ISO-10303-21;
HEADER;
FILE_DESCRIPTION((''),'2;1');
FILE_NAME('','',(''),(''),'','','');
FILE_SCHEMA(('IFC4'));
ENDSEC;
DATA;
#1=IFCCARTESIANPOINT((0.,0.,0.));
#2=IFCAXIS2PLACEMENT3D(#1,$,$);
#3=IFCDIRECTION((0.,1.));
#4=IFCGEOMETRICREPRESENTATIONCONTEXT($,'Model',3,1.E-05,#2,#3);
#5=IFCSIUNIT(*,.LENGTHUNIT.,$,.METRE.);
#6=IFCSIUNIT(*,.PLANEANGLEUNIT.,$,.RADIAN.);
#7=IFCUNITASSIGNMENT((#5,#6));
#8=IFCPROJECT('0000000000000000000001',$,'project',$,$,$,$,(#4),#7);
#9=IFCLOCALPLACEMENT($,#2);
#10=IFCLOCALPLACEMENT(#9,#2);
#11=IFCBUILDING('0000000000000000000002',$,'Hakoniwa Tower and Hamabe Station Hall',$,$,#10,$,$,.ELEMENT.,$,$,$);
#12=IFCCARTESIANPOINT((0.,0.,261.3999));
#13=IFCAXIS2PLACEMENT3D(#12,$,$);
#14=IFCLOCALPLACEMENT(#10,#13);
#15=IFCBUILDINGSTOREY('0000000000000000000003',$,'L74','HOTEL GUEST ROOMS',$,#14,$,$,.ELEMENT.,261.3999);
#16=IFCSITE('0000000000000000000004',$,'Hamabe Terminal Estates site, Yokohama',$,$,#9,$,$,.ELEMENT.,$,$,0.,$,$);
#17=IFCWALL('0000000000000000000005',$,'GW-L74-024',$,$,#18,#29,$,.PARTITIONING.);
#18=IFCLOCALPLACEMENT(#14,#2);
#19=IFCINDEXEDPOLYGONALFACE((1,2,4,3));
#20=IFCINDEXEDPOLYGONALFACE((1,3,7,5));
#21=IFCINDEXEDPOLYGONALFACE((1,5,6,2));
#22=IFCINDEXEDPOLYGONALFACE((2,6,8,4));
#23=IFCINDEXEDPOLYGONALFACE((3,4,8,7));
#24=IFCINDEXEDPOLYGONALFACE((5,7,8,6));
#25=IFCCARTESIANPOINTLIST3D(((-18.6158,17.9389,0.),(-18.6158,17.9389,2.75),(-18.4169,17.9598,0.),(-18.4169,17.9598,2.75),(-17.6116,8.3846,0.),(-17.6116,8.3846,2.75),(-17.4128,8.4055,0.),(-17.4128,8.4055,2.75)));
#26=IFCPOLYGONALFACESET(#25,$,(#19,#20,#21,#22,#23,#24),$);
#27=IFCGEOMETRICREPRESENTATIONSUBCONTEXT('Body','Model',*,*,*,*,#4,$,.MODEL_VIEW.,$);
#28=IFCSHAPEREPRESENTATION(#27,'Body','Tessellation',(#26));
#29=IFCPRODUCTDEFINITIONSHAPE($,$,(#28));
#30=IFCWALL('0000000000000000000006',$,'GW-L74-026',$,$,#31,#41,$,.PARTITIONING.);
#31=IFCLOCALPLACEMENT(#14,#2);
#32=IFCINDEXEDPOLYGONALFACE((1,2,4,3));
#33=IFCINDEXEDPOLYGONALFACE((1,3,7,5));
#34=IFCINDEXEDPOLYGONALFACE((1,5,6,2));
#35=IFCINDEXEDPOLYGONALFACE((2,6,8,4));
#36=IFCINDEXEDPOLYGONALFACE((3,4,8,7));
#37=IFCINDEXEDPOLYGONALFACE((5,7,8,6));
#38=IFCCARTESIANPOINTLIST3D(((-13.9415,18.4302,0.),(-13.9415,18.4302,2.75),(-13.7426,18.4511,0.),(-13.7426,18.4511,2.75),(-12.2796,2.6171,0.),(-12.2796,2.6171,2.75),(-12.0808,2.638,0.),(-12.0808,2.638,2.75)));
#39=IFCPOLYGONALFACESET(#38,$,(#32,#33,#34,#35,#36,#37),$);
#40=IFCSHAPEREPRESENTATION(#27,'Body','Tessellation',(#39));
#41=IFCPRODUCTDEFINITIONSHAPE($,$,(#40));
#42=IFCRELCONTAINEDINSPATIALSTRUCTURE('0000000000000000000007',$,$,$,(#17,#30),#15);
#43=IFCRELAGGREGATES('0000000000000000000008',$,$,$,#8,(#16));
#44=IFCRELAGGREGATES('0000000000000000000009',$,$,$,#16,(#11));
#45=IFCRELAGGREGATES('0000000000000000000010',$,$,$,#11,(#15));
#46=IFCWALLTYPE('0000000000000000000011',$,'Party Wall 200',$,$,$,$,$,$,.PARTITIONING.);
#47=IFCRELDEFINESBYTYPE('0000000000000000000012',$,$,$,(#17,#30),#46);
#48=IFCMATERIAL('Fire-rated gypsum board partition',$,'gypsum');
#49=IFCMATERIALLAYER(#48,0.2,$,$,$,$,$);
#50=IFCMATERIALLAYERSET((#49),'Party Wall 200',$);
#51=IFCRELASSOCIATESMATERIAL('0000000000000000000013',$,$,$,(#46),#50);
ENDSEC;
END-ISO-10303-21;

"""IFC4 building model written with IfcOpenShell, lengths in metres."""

from ifc_helpers import new_model, si_unit, direction, frame, frame_2d, origin, place, context, subcontext, project, spatial, rectangle, extrude, material, layer, layer_set, type_object, element, save


model = new_model("IFC4")

# Units and contexts
model_context = context("Model", 3, precision=1e-05, world=origin(), true_north=direction((0.0, 1.0)))
body_context = subcontext(model_context, "Body", "Model", "MODEL_VIEW")
ifc_project = project(units=[si_unit("LENGTHUNIT", "METRE"), si_unit("PLANEANGLEUNIT", "RADIAN")], contexts=[model_context])

# Site, building, storey
site_placement = place(None, origin())
site = spatial("IfcSite", under=ifc_project, at=site_placement, Name="Hamabe Terminal Estates site, Yokohama", CompositionType="ELEMENT", RefElevation=0.0)
building_placement = place(site_placement, origin())
building = spatial("IfcBuilding", under=site, at=building_placement, Name="Hakoniwa Tower and Hamabe Station Hall", CompositionType="ELEMENT")
storey_placement = place(building_placement, frame((0.0, 0.0, 261.3999)))
storey = spatial("IfcBuildingStorey", under=building, at=storey_placement, Name="L74", Description="HOTEL GUEST ROOMS", CompositionType="ELEMENT", Elevation=261.3999)

# Walls
ifc_material_1 = material(Name="Fire-rated gypsum board partition", Category="gypsum")
ifc_layer_1 = layer(ifc_material_1, 0.2)
ifc_layer_set_1 = layer_set([ifc_layer_1], Name="Party Wall 200")
wall_type_1 = type_object("IfcWallType", Name="Party Wall 200", PredefinedType="PARTITIONING", material=ifc_layer_set_1)
wall_1_placement = place(storey_placement, frame((-17.5122, 8.395, 0.0), z_axis=(0.0, 0.0, 1.0), x_axis=(-0.104525, 0.994522, 0.0)))
element("IfcWall", 1, at=wall_1_placement, inside=storey, type_object=wall_type_1, Name="GW-L74-024", PredefinedType="PARTITIONING", context=body_context, shape_type="SweptSolid", body=[
    extrude(rectangle(XDim=9.6069, YDim=0.2, at=frame_2d((4.8035, 0.0))), origin(), (0.0, 0.0, 1.0), 2.75),
])
wall_2_placement = place(storey_placement, frame((-12.1802, 2.6274, 0.0), z_axis=(0.0, 0.0, 1.0), x_axis=(-0.104519, 0.994523, 0.0)))
element("IfcWall", 2, at=wall_2_placement, inside=storey, type_object=wall_type_1, Name="GW-L74-026", PredefinedType="PARTITIONING", context=body_context, shape_type="SweptSolid", body=[
    extrude(rectangle(XDim=15.9001, YDim=0.2, at=frame_2d((7.9502, 0.0))), origin(), (0.0, 0.0, 1.0), 2.75),
])

save(model, "model.ifc")
